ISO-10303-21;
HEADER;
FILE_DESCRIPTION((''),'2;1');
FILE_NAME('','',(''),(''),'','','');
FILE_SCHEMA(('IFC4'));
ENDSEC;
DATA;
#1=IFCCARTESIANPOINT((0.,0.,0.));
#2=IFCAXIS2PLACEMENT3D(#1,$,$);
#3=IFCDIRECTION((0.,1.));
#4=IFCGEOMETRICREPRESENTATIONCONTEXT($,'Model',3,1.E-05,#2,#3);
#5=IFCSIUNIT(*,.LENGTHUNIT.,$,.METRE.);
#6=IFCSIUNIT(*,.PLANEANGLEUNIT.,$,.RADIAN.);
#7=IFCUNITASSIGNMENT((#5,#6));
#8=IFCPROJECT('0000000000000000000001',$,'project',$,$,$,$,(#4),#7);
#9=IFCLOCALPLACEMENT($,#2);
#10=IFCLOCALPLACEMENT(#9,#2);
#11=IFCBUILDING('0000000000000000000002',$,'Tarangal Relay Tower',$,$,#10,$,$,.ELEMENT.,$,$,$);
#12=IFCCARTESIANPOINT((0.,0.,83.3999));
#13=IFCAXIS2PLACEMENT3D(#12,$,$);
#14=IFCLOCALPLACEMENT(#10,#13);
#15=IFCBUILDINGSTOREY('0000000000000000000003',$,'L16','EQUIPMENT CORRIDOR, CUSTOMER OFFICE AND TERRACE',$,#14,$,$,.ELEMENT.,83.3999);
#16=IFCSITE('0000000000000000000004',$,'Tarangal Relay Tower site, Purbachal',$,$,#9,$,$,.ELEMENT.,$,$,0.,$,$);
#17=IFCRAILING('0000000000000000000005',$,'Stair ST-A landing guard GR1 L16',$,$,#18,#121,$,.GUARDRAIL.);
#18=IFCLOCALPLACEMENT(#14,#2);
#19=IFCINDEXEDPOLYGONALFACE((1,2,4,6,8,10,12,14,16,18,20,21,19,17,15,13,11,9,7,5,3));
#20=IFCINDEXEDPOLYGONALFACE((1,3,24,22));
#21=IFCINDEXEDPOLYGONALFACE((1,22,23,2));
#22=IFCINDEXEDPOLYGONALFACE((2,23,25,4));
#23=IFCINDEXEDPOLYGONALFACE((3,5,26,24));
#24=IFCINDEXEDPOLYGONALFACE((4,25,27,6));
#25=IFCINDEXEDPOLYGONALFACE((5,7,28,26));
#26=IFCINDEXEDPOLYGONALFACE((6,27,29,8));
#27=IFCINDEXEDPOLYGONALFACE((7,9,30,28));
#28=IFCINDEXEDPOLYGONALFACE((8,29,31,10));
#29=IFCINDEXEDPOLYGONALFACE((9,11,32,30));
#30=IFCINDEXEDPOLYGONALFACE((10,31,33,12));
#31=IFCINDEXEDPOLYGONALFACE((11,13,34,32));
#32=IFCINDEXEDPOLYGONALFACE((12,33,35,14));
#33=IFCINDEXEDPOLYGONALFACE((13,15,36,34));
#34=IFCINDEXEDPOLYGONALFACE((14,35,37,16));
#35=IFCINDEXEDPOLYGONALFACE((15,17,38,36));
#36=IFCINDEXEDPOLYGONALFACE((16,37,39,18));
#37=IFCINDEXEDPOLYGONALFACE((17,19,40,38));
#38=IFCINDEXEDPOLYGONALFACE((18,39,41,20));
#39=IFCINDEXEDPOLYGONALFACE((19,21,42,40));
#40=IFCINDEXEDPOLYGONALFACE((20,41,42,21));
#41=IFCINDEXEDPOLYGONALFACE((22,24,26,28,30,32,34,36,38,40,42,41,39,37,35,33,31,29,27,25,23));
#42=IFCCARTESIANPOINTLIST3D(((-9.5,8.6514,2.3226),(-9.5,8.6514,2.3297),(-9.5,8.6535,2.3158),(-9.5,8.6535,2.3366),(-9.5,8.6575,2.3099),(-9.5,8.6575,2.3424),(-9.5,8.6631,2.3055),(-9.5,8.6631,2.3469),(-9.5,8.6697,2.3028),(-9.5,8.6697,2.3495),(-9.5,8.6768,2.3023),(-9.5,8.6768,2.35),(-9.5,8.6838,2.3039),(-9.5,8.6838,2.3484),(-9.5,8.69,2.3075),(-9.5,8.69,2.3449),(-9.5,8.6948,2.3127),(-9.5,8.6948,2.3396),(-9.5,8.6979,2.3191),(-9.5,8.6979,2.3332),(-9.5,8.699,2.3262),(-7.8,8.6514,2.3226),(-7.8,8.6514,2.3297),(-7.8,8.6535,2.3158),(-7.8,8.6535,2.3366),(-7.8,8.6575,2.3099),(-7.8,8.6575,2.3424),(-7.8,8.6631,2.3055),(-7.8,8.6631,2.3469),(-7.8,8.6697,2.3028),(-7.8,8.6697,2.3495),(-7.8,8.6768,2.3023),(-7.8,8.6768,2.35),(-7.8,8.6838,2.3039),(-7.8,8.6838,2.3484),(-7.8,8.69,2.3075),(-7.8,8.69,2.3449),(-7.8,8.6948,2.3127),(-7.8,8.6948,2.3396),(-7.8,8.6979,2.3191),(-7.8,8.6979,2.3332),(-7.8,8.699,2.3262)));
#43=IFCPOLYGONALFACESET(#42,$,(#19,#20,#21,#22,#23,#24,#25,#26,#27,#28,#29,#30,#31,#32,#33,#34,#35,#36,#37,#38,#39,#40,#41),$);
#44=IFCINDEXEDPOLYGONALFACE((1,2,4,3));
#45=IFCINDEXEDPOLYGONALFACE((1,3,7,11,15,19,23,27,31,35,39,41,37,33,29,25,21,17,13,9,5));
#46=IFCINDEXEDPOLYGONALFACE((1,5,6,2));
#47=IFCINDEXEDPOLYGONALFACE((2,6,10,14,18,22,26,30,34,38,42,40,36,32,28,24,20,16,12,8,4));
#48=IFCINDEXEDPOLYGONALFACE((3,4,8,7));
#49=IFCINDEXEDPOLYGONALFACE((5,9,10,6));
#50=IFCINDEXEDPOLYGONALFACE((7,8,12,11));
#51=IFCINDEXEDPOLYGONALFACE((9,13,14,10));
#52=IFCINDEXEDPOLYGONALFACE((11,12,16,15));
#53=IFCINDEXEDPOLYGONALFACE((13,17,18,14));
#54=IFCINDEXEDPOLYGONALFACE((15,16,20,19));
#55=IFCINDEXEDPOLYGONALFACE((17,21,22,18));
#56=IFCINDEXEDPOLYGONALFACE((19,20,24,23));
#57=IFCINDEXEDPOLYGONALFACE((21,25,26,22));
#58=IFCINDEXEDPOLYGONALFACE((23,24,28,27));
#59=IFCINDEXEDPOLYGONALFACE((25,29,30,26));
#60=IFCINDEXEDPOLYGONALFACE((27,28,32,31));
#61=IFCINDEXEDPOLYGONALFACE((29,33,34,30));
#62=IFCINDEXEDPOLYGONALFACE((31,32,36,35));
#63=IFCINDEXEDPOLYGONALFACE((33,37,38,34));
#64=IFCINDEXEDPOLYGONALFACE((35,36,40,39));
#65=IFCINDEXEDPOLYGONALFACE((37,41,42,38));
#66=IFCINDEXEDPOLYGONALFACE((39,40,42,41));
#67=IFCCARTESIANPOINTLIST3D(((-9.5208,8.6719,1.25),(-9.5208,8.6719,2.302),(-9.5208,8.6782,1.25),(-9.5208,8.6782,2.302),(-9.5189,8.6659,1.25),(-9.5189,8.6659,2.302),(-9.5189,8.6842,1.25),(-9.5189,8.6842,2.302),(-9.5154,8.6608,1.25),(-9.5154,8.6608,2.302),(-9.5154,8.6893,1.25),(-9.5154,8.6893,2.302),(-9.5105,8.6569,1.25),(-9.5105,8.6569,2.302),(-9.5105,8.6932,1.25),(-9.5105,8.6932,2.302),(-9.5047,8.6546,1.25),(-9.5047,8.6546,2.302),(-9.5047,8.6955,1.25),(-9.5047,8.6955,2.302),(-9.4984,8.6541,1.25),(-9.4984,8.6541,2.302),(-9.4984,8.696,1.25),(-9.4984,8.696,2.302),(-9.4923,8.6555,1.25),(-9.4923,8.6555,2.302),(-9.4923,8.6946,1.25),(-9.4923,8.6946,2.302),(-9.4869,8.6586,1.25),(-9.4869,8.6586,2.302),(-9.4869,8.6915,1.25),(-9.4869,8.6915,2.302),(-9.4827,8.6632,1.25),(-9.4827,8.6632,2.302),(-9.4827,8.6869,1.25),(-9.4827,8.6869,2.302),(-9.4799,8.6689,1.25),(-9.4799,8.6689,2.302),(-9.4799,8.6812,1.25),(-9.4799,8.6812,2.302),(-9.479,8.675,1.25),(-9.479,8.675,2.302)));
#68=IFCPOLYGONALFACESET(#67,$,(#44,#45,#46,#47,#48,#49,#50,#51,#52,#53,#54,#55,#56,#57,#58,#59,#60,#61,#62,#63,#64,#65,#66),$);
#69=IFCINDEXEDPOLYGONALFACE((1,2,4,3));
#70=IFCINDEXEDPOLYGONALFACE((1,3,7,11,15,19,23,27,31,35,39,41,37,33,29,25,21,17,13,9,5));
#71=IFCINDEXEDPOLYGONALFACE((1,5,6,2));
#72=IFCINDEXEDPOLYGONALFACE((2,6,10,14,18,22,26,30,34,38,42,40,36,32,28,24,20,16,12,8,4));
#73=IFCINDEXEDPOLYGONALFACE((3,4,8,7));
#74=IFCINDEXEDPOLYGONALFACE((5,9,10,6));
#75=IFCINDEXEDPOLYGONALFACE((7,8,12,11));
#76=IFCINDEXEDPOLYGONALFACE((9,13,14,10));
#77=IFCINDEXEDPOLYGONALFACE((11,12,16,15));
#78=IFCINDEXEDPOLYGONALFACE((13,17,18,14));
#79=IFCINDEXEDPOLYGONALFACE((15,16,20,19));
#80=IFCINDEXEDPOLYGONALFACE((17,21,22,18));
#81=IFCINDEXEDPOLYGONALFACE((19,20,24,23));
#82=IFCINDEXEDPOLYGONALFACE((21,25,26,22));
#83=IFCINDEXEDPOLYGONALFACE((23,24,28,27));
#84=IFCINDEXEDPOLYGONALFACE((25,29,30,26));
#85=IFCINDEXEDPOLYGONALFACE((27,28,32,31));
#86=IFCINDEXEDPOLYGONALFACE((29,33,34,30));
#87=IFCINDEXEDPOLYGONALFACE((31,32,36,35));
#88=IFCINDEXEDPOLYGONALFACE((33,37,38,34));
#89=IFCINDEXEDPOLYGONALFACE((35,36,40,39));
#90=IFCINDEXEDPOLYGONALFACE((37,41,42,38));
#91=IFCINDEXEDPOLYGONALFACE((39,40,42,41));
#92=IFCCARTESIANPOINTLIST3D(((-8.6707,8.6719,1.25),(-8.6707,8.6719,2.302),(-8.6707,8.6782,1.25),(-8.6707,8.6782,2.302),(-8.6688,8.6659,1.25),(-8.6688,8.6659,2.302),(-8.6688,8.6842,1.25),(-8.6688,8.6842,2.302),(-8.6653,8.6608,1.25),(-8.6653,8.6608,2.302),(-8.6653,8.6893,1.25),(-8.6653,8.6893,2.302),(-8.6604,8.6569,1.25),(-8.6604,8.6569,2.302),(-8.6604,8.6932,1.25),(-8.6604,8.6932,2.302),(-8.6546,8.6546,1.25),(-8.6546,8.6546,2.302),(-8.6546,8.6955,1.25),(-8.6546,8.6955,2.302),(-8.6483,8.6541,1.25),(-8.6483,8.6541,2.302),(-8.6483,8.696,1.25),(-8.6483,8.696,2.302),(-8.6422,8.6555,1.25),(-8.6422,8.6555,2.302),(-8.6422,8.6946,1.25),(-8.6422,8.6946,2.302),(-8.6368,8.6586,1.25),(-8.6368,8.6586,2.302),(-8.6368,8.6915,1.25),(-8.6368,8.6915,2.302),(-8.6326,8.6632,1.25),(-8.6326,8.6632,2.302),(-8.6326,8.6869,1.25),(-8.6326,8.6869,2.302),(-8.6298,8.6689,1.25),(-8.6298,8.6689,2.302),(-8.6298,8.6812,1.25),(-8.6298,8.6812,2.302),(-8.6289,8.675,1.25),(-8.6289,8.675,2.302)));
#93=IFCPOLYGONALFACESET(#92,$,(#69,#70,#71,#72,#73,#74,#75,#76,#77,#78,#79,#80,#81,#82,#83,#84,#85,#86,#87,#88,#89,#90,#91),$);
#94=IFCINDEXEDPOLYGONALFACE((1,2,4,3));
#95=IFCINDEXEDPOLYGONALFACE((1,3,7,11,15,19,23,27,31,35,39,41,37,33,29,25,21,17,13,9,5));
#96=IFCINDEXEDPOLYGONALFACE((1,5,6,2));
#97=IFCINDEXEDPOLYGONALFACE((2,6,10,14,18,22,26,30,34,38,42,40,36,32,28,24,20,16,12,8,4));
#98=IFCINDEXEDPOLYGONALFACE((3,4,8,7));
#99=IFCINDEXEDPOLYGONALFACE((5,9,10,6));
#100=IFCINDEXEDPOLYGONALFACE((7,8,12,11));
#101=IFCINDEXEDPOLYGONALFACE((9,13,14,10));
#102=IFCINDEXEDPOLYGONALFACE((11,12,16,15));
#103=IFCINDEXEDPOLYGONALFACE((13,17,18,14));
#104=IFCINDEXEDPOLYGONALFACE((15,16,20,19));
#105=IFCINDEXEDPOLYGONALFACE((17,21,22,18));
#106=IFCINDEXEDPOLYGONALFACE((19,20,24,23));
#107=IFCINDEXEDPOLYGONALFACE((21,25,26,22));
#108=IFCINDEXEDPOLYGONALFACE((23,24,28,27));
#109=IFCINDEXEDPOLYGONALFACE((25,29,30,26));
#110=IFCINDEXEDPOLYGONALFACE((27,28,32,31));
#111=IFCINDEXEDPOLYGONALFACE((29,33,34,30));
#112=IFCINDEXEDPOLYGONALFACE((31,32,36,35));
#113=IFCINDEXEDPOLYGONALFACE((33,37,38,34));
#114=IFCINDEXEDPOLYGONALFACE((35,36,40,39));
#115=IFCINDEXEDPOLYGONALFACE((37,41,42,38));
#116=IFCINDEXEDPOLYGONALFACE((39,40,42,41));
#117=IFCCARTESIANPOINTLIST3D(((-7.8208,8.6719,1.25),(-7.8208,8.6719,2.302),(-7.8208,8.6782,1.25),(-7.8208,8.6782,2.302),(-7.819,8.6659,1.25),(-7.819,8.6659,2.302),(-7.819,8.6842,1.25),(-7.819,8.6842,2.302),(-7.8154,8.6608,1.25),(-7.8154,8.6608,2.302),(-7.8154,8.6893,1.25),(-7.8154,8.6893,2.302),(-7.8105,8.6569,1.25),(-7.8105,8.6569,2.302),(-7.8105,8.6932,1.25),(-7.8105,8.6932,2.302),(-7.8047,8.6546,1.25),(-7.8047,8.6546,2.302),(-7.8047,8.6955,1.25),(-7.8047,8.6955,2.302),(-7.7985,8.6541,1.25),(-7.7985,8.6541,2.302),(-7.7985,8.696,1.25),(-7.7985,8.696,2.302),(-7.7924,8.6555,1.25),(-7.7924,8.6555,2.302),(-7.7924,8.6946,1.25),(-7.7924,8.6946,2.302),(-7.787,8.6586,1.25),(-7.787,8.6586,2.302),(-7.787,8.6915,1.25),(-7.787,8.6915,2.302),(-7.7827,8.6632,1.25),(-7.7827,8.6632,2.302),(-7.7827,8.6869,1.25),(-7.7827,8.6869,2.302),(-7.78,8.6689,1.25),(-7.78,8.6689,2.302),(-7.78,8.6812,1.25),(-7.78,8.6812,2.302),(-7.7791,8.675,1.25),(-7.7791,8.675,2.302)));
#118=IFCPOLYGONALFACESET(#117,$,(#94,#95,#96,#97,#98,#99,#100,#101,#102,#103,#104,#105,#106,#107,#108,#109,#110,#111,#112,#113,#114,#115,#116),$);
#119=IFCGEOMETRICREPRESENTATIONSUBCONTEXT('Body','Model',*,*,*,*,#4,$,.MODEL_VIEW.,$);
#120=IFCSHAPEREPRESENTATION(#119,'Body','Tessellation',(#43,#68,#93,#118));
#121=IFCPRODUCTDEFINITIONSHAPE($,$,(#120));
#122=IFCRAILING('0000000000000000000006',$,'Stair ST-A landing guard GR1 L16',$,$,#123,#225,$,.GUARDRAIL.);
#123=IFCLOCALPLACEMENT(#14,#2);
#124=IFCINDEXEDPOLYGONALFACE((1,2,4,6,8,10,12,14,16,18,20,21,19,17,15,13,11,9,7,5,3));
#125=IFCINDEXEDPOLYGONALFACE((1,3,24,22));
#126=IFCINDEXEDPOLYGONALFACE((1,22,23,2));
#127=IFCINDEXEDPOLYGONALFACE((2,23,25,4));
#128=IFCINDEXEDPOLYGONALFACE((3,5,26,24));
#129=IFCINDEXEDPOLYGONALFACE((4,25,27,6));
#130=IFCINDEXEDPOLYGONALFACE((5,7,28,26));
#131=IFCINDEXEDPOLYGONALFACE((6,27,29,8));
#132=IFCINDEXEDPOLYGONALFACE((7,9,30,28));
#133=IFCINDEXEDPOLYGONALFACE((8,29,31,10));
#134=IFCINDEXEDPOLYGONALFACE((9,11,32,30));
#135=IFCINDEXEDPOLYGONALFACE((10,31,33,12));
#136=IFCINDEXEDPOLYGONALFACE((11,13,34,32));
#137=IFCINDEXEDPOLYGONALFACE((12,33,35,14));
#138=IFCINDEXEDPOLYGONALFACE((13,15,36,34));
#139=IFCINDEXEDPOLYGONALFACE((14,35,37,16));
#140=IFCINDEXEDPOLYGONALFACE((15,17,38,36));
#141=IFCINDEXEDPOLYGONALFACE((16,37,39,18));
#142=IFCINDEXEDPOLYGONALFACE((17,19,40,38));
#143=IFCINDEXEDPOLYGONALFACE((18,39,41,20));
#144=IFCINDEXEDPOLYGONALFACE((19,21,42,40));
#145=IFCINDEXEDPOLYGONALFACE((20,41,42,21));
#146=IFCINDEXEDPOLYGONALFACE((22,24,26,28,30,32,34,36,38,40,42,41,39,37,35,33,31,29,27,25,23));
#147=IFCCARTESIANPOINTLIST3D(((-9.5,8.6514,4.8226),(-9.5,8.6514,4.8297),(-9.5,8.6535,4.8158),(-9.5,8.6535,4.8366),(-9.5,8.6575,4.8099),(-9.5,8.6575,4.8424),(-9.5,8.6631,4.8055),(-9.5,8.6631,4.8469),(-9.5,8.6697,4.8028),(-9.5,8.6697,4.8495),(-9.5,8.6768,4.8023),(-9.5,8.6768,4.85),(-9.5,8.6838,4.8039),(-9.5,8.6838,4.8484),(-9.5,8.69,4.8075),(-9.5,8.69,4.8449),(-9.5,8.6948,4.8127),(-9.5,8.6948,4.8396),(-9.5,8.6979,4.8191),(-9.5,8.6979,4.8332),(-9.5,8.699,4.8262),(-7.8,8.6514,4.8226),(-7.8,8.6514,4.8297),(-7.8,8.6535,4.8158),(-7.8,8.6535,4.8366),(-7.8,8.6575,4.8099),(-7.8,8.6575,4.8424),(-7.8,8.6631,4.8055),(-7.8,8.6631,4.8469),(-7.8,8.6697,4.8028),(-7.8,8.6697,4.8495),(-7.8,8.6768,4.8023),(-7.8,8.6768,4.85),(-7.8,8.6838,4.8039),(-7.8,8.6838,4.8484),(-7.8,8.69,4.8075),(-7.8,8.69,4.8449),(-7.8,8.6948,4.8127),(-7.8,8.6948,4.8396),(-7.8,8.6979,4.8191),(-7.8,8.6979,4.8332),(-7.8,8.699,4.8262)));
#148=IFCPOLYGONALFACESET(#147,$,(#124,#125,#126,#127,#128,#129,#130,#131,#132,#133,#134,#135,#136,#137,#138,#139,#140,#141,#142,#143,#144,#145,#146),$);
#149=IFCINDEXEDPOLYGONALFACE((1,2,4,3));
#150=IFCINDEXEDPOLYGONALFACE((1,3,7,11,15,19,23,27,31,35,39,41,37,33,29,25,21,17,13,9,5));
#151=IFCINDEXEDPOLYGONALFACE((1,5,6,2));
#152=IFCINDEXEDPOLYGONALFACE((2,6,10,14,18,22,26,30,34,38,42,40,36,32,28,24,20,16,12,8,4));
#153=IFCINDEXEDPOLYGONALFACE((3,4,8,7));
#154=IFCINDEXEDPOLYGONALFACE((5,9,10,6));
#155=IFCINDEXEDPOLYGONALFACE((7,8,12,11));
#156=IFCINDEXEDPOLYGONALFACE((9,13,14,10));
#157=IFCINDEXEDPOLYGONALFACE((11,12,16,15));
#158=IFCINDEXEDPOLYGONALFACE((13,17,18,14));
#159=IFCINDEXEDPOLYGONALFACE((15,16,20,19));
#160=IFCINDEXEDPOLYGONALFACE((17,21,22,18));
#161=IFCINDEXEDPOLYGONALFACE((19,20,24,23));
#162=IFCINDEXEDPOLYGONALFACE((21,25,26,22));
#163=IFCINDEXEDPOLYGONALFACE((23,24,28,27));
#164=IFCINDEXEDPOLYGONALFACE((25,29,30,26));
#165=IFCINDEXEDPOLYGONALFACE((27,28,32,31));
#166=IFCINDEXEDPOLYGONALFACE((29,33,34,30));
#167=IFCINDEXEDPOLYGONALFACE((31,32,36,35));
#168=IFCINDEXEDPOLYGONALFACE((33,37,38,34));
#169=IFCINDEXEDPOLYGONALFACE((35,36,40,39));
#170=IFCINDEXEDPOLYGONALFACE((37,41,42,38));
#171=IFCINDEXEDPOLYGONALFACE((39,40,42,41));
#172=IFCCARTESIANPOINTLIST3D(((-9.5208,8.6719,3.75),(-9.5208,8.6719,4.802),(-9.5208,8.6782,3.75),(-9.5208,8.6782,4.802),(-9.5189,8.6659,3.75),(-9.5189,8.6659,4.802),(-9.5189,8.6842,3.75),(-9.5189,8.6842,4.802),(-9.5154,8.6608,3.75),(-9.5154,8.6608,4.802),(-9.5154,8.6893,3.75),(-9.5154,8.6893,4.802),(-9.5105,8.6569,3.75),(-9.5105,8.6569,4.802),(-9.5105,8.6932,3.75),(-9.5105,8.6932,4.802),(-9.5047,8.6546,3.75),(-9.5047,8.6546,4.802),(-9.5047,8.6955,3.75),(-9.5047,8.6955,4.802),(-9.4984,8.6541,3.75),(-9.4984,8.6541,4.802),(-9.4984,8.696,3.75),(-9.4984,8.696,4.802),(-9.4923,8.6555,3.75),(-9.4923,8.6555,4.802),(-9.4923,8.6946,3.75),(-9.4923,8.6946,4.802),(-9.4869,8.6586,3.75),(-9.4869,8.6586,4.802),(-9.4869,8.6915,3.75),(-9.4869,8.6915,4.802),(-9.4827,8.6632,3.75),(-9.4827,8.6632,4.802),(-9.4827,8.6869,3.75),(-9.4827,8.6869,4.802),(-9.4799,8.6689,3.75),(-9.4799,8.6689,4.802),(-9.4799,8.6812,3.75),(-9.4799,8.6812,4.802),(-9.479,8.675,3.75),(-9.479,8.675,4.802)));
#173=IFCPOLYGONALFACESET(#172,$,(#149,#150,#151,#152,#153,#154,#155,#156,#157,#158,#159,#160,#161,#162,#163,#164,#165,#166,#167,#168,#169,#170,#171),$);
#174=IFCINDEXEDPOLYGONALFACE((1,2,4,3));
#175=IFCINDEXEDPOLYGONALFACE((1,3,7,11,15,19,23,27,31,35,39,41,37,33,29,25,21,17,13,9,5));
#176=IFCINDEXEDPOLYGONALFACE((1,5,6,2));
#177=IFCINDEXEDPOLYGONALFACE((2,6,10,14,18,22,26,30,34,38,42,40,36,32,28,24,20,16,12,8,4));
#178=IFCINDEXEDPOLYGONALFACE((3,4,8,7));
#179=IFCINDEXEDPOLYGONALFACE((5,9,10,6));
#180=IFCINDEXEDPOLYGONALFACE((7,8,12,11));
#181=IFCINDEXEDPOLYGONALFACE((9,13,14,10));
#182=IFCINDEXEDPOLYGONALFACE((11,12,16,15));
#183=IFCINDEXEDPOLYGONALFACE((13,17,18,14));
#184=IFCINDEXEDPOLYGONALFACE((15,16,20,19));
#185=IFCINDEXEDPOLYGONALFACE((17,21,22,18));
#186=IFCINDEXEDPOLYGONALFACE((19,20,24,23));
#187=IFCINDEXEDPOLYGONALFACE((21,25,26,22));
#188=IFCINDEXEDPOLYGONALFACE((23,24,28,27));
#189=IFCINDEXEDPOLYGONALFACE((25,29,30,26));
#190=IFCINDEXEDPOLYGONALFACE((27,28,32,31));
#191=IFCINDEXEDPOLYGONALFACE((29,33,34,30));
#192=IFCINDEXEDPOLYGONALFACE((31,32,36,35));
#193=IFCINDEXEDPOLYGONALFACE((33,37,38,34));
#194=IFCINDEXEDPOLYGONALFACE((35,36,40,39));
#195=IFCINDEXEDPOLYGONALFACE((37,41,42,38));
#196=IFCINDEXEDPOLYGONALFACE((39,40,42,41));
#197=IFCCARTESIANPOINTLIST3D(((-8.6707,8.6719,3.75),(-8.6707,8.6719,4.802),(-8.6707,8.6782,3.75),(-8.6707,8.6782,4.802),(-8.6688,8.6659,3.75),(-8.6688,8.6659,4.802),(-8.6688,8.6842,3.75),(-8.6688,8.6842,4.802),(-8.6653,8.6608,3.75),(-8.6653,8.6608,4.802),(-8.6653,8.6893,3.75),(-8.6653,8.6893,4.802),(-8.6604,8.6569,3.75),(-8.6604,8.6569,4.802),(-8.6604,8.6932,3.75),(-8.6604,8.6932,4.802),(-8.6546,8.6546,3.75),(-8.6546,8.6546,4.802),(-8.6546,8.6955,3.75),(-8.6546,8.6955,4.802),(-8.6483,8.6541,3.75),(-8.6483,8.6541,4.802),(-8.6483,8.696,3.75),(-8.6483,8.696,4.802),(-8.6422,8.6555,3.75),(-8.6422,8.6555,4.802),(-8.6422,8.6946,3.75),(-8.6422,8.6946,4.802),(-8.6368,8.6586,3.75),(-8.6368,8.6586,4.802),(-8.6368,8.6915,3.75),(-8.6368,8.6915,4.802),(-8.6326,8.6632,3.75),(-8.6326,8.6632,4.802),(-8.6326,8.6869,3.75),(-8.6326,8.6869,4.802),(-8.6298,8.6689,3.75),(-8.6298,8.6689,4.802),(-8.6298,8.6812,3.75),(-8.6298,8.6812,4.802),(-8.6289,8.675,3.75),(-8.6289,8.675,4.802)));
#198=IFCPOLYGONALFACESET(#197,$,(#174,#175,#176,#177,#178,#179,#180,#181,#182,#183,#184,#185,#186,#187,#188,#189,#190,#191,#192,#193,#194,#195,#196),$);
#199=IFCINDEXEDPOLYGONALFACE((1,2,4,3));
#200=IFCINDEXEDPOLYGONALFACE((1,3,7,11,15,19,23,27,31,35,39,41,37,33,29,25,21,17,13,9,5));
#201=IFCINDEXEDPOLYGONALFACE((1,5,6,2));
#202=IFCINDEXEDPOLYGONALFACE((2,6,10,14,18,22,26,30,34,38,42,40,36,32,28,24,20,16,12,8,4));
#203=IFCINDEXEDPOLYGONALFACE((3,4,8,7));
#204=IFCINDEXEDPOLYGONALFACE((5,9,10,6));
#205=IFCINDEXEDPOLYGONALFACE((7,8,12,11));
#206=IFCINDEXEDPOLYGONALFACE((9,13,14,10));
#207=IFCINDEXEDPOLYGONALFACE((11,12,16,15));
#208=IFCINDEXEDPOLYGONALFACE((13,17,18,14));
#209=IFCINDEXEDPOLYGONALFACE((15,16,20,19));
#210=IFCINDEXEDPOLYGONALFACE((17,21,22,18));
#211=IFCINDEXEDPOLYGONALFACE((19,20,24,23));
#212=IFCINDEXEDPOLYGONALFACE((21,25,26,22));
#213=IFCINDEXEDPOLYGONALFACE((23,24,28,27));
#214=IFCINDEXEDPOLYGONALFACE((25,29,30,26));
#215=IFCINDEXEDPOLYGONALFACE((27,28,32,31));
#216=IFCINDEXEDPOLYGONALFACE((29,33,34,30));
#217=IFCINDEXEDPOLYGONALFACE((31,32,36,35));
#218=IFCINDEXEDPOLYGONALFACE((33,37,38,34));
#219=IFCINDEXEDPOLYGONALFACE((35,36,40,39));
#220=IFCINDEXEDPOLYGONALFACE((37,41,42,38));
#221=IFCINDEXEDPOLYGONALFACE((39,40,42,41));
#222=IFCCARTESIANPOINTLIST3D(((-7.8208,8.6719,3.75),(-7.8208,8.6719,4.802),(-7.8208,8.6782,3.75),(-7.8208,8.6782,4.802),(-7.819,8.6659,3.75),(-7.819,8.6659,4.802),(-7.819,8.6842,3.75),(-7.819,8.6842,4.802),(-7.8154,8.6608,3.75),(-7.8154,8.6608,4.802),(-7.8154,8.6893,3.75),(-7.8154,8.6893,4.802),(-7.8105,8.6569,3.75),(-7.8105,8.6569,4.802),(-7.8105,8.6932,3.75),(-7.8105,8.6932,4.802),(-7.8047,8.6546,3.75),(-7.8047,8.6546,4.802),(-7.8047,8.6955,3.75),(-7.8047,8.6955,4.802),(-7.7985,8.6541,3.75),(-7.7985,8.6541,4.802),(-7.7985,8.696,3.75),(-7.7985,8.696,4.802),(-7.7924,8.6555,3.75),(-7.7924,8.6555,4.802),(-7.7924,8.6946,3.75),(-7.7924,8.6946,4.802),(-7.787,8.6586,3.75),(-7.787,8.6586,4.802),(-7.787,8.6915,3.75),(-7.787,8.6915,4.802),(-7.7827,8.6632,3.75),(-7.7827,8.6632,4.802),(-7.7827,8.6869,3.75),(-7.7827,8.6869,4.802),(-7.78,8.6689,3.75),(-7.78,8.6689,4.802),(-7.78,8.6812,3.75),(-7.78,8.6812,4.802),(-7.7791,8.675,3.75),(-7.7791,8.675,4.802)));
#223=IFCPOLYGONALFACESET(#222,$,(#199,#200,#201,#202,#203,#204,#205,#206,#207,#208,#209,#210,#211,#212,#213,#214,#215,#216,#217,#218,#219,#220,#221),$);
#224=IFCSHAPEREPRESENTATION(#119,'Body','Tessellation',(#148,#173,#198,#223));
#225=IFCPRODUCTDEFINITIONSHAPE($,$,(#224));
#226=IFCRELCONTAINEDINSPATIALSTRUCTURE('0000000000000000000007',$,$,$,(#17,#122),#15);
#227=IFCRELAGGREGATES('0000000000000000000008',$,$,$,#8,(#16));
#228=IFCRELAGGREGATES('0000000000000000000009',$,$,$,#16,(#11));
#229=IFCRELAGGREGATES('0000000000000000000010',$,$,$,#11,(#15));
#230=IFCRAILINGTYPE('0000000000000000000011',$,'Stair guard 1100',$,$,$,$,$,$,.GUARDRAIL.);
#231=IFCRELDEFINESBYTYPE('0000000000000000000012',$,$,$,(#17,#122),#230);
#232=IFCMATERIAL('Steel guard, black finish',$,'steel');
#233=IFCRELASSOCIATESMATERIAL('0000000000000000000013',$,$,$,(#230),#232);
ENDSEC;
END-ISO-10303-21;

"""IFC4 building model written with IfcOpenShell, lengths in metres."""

from ifc_helpers import new_model, si_unit, direction, frame, origin, origin_2d, place, context, subcontext, project, spatial, circle, extrude, material, type_object, element, save


model = new_model("IFC4")

# Units and contexts
model_context = context("Model", 3, precision=1e-05, world=origin(), true_north=direction((0.0, 1.0)))
body_context = subcontext(model_context, "Body", "Model", "MODEL_VIEW")
ifc_project = project(units=[si_unit("LENGTHUNIT", "METRE"), si_unit("PLANEANGLEUNIT", "RADIAN")], contexts=[model_context])

# Site, building, storey
site_placement = place(None, origin())
site = spatial("IfcSite", under=ifc_project, at=site_placement, Name="Tarangal Relay Tower site, Purbachal", CompositionType="ELEMENT", RefElevation=0.0)
building_placement = place(site_placement, origin())
building = spatial("IfcBuilding", under=site, at=building_placement, Name="Tarangal Relay Tower", CompositionType="ELEMENT")
storey_placement = place(building_placement, frame((0.0, 0.0, 83.3999)))
storey = spatial("IfcBuildingStorey", under=building, at=storey_placement, Name="L16", Description="EQUIPMENT CORRIDOR, CUSTOMER OFFICE AND TERRACE", CompositionType="ELEMENT", Elevation=83.3999)

# Railings
ifc_material_1 = material(Name="Steel guard, black finish", Category="steel")
railing_type_1 = type_object("IfcRailingType", Name="Stair guard 1100", PredefinedType="GUARDRAIL", material=ifc_material_1)
for number, where, name in (
    (1, (-9.5, 8.675, 1.25), "Stair ST-A landing guard GR1 L16"),
    (2, (-9.5, 8.675, 3.75), "Stair ST-A landing guard GR1 L16"),
):
    element("IfcRailing", number, at=place(storey_placement, frame(where)), inside=storey, type_object=railing_type_1, Name=name, PredefinedType="GUARDRAIL", context=body_context, shape_type="SweptSolid", body=[
        extrude(circle(Radius=0.0239, at=origin_2d()), frame((0.0, 0.0, 1.0762), z_axis=(1.0, 0.0, 0.0), x_axis=(0.0, 1.0, 0.0)), (0.0, 0.0, 1.0), 1.7),
        extrude(circle(Radius=0.021, at=origin_2d()), origin(), (0.0, 0.0, 1.0), 1.052),
        extrude(circle(Radius=0.021, at=origin_2d()), frame((0.8501, 0.0, 0.0)), (0.0, 0.0, 1.0), 1.052),
        extrude(circle(Radius=0.021, at=origin_2d()), frame((1.7, 0.0, 0.0)), (0.0, 0.0, 1.0), 1.052),
    ])

save(model, "model.ifc")
